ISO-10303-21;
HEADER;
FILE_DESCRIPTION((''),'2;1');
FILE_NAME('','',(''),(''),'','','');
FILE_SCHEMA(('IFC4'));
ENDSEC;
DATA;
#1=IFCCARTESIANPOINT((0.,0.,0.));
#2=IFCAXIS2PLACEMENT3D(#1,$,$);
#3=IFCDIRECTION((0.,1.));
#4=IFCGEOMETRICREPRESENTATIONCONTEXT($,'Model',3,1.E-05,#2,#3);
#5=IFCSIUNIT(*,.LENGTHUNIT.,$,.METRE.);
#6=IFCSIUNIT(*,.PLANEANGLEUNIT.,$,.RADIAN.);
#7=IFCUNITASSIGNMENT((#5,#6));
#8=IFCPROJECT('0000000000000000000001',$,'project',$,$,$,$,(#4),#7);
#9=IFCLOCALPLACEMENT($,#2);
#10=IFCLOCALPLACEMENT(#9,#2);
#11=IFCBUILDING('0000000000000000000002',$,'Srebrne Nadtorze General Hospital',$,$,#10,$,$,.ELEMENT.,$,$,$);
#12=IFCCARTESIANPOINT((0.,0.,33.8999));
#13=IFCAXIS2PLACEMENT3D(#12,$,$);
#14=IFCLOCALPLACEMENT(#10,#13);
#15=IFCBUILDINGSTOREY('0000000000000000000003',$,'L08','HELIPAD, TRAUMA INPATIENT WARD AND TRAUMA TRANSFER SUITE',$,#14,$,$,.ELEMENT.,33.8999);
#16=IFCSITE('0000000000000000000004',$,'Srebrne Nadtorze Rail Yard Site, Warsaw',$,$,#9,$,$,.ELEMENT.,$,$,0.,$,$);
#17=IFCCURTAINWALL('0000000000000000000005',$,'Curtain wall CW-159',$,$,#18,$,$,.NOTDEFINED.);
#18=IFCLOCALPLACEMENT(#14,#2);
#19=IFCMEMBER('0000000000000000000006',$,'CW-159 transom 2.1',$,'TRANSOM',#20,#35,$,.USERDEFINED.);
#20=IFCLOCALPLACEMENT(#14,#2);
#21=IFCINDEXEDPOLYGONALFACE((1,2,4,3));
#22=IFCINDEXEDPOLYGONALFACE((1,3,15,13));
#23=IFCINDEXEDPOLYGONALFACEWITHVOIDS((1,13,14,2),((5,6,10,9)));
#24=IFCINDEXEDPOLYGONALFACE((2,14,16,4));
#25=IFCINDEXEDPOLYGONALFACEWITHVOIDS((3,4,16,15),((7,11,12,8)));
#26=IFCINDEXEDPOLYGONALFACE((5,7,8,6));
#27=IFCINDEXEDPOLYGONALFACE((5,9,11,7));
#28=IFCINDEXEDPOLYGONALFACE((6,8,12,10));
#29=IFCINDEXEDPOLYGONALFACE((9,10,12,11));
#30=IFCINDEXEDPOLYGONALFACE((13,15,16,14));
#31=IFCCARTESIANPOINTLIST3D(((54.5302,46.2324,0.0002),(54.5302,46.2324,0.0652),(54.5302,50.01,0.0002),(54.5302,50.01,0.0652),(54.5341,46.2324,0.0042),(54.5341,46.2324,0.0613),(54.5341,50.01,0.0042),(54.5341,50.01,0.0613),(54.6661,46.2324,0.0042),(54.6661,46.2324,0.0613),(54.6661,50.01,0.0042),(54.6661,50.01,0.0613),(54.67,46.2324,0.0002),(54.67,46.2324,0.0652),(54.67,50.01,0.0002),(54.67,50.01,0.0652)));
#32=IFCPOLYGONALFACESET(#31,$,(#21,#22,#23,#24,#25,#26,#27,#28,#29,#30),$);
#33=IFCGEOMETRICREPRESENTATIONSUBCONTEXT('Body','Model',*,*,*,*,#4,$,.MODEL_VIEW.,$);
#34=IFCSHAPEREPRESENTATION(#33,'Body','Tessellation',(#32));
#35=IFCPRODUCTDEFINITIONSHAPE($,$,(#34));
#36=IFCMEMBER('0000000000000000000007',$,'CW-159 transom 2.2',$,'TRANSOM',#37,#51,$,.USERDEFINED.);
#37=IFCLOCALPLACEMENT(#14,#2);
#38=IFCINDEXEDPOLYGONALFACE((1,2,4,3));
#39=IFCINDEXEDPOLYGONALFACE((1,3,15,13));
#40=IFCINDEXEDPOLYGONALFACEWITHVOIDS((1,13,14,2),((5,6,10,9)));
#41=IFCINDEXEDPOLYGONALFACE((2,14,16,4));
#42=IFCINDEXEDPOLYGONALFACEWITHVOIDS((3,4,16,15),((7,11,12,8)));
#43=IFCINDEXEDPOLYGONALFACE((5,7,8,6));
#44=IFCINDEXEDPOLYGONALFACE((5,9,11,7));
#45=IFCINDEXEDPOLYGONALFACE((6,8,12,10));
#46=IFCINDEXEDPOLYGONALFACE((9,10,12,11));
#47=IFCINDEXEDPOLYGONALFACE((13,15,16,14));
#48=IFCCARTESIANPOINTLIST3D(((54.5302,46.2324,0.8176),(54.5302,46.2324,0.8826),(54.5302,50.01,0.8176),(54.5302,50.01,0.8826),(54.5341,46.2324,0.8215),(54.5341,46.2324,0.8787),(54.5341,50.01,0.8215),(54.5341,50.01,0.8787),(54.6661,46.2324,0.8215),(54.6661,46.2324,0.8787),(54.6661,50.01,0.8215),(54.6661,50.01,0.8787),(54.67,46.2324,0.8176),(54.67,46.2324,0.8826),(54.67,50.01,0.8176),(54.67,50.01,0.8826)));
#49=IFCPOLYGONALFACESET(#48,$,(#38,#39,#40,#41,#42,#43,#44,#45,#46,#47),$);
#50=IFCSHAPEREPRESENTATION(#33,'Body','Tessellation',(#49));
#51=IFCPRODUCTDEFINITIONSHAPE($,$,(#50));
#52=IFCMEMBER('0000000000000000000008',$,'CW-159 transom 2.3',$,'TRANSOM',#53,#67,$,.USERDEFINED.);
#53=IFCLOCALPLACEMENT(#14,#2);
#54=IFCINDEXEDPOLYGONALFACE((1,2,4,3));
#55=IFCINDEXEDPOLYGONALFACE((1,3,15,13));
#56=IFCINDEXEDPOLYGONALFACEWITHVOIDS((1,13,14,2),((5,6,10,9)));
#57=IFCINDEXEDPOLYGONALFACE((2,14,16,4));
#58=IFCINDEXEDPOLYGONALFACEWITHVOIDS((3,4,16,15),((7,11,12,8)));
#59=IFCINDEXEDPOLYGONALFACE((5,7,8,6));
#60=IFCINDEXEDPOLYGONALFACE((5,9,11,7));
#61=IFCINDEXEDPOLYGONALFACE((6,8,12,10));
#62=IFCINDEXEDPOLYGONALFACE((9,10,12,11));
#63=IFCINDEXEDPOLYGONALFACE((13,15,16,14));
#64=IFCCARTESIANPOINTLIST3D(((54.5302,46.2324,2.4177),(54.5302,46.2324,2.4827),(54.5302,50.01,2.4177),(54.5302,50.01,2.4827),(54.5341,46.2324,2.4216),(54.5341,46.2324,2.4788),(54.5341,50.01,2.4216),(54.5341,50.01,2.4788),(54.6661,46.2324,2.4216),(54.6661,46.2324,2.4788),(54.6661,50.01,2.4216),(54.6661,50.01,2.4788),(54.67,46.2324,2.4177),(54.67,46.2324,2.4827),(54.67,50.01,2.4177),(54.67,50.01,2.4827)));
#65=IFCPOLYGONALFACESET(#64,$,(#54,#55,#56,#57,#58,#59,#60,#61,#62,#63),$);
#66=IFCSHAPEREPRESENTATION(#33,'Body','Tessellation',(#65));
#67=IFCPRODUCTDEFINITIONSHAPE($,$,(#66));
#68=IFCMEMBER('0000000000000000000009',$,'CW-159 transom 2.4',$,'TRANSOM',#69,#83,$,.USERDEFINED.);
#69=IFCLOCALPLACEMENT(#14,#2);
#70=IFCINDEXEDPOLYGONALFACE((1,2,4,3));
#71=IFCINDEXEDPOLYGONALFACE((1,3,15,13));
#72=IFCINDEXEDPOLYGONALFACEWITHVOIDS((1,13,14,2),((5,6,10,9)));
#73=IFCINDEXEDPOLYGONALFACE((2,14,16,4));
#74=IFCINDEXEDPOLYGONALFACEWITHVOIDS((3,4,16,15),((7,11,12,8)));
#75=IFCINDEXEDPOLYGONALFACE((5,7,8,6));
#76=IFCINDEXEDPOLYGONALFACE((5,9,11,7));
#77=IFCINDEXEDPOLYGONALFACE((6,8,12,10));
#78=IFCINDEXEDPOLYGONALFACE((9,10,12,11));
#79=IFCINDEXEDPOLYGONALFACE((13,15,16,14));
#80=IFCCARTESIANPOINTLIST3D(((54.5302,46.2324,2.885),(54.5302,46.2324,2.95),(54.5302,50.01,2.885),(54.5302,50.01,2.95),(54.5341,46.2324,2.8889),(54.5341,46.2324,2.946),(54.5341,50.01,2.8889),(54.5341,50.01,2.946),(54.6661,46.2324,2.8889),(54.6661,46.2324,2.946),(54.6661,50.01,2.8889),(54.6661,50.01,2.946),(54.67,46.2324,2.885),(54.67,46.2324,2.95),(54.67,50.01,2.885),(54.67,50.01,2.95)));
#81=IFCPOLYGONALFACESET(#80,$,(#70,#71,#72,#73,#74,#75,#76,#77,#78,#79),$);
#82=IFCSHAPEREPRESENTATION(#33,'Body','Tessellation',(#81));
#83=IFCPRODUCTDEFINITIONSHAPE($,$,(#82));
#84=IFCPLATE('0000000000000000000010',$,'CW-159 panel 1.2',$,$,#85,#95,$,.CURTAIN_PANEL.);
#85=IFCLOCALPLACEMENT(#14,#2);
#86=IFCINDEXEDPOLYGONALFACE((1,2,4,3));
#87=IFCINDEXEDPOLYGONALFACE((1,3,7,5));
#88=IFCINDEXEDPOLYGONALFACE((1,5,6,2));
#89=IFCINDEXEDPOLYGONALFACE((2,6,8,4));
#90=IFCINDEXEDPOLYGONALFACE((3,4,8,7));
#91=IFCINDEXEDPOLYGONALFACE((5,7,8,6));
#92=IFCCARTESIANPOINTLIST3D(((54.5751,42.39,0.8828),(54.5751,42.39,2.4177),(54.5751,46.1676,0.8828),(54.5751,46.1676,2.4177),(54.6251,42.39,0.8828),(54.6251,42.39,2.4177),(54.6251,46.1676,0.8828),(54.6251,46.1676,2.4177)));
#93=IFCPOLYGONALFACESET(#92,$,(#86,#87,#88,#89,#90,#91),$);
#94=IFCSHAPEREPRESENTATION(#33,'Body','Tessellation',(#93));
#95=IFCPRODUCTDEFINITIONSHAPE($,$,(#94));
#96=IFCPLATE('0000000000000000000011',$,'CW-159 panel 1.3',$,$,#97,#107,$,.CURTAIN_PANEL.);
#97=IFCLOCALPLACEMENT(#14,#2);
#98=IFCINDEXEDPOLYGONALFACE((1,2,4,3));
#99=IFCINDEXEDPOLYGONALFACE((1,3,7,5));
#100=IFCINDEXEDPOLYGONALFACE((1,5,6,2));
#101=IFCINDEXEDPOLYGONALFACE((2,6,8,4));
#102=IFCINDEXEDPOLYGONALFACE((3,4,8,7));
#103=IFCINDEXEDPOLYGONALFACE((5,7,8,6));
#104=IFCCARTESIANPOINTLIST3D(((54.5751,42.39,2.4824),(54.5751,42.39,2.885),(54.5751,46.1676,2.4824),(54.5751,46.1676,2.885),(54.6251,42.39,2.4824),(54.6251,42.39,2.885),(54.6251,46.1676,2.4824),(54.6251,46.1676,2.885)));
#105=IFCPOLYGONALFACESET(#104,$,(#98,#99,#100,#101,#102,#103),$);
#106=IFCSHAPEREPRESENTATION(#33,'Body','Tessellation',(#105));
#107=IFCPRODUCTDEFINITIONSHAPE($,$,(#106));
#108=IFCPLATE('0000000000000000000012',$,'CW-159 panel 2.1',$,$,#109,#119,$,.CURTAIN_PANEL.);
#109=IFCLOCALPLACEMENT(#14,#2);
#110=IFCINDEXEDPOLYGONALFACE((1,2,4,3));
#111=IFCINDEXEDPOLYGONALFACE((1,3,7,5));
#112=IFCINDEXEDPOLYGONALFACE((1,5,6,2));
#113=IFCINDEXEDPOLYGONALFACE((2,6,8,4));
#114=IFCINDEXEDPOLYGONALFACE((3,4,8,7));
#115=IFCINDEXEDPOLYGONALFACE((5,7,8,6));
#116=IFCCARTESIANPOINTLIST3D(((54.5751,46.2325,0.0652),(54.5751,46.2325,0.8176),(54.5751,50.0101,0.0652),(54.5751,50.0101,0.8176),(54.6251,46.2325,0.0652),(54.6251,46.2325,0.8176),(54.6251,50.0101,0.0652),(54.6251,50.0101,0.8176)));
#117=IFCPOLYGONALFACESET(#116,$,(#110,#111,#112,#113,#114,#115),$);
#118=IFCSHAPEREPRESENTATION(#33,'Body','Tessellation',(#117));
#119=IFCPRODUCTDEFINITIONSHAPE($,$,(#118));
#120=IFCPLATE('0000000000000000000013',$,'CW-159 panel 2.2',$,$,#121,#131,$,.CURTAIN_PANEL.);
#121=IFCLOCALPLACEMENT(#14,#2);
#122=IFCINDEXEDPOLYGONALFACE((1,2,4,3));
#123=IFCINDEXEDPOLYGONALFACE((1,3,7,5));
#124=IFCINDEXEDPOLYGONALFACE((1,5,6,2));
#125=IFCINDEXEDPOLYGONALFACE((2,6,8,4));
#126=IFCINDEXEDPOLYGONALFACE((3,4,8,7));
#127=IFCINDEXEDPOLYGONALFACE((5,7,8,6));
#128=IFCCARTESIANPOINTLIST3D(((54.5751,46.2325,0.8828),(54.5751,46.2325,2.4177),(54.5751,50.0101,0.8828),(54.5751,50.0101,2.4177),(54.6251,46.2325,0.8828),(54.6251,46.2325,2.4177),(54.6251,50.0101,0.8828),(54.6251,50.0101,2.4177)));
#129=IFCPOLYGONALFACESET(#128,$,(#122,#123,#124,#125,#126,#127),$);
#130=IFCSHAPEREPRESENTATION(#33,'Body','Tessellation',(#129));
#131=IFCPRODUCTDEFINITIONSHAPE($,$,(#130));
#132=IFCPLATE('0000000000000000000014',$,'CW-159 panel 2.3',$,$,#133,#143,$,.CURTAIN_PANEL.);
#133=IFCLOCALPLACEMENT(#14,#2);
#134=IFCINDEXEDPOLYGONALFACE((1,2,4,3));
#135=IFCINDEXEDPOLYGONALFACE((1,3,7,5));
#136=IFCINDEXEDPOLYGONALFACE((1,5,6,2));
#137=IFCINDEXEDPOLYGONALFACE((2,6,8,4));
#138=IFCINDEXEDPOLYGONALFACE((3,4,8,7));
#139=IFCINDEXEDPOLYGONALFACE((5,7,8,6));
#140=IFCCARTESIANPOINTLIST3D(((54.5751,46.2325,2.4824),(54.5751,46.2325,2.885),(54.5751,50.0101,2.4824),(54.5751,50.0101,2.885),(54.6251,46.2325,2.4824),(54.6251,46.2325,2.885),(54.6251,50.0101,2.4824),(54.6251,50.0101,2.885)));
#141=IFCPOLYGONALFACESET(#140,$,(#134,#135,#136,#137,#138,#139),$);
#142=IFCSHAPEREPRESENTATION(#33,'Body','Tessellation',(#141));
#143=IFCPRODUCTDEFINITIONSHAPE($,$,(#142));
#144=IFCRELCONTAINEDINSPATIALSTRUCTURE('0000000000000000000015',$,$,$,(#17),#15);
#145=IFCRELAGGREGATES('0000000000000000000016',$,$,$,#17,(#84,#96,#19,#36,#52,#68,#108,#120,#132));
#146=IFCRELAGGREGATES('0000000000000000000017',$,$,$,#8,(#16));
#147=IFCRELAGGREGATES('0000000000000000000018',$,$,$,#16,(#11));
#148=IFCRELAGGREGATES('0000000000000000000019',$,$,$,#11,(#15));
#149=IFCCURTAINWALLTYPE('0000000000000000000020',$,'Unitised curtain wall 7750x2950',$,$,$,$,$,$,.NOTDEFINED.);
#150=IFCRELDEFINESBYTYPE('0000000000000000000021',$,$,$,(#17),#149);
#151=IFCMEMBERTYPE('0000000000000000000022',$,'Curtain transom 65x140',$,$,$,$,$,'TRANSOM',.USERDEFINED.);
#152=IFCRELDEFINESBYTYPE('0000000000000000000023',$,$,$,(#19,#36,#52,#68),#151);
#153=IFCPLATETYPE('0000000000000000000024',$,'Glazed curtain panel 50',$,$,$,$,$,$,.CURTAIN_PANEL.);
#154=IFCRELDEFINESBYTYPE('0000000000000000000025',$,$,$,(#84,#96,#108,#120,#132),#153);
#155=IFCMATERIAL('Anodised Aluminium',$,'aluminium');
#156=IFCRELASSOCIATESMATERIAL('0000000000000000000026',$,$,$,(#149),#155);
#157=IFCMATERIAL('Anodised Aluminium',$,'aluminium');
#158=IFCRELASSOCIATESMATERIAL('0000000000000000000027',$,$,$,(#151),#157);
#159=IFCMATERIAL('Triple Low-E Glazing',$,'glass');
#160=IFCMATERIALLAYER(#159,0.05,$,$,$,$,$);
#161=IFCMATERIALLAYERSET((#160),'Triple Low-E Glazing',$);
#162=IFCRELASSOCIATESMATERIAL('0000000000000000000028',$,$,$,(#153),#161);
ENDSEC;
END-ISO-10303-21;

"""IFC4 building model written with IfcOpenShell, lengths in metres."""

from ifc_helpers import new_model, si_unit, direction, frame, origin, origin_2d, place, context, subcontext, project, spatial, rectangle, hollow_rectangle, extrude, material, layer, layer_set, material_profile, profile_set, type_object, element, aggregate, save


model = new_model("IFC4")

# Units and contexts
model_context = context("Model", 3, precision=1e-05, world=origin(), true_north=direction((0.0, 1.0)))
body_context = subcontext(model_context, "Body", "Model", "MODEL_VIEW")
ifc_project = project(units=[si_unit("LENGTHUNIT", "METRE"), si_unit("PLANEANGLEUNIT", "RADIAN")], contexts=[model_context])

# Site, building, storey
site_placement = place(None, origin())
site = spatial("IfcSite", under=ifc_project, at=site_placement, Name="Srebrne Nadtorze Rail Yard Site, Warsaw", CompositionType="ELEMENT", RefElevation=0.0)
building_placement = place(site_placement, origin())
building = spatial("IfcBuilding", under=site, at=building_placement, Name="Srebrne Nadtorze General Hospital", CompositionType="ELEMENT")
storey_placement = place(building_placement, frame((0.0, 0.0, 33.8999)))
storey = spatial("IfcBuildingStorey", under=building, at=storey_placement, Name="L08", Description="HELIPAD, TRAUMA INPATIENT WARD AND TRAUMA TRANSFER SUITE", CompositionType="ELEMENT", Elevation=33.8999)

# Curtain wall, members, plates
ifc_material_1 = material(Name="Anodised Aluminium", Category="aluminium")
curtain_wall_type = type_object("IfcCurtainWallType", Name="Unitised curtain wall 7750x2950", PredefinedType="NOTDEFINED", material=ifc_material_1)
curtain_wall_placement = place(storey_placement, origin())
curtain_wall = element("IfcCurtainWall", 1, at=curtain_wall_placement, inside=storey, type_object=curtain_wall_type, Name="Curtain wall CW-159", PredefinedType="NOTDEFINED")
ifc_material_2 = material(Name="Anodised Aluminium", Category="aluminium")
ifc_material_profile = material_profile(ifc_material_2, hollow_rectangle(XDim=0.0649, YDim=0.1399, WallThickness=0.0039, at=origin_2d()), Name="AL-TRN-65x140")
ifc_profile_set = profile_set([ifc_material_profile], Name="Anodised Aluminium")
member_type = type_object("IfcMemberType", Name="Curtain transom 65x140", ElementType="TRANSOM", PredefinedType="USERDEFINED", material=ifc_profile_set)
member_1_placement = place(storey_placement, frame((54.6001, 46.2324, 0.0327), z_axis=(0.0, 1.0, 0.0), x_axis=(0.0, 0.0, 1.0)))
member_1 = element("IfcMember", 2, at=member_1_placement, type_object=member_type, Name="CW-159 transom 2.1", ObjectType="TRANSOM", PredefinedType="USERDEFINED", context=body_context, shape_type="SweptSolid", body=[
    extrude(hollow_rectangle(XDim=0.0649, YDim=0.1399, WallThickness=0.0039, at=origin_2d()), origin(), (0.0, 0.0, 1.0), 3.7776),
])
member_2_placement = place(storey_placement, frame((54.6001, 46.2324, 0.8501), z_axis=(0.0, 1.0, 0.0), x_axis=(0.0, 0.0, 1.0)))
member_2 = element("IfcMember", 3, at=member_2_placement, type_object=member_type, Name="CW-159 transom 2.2", ObjectType="TRANSOM", PredefinedType="USERDEFINED", context=body_context, shape_type="SweptSolid", body=[
    extrude(hollow_rectangle(XDim=0.0649, YDim=0.1399, WallThickness=0.0039, at=origin_2d()), origin(), (0.0, 0.0, 1.0), 3.7776),
])
member_3_placement = place(storey_placement, frame((54.6001, 46.2324, 2.4502), z_axis=(0.0, 1.0, 0.0), x_axis=(0.0, 0.0, 1.0)))
member_3 = element("IfcMember", 4, at=member_3_placement, type_object=member_type, Name="CW-159 transom 2.3", ObjectType="TRANSOM", PredefinedType="USERDEFINED", context=body_context, shape_type="SweptSolid", body=[
    extrude(hollow_rectangle(XDim=0.0649, YDim=0.1399, WallThickness=0.0039, at=origin_2d()), origin(), (0.0, 0.0, 1.0), 3.7776),
])
member_4_placement = place(storey_placement, frame((54.6001, 46.2324, 2.9175), z_axis=(0.0, 1.0, 0.0), x_axis=(0.0, 0.0, 1.0)))
member_4 = element("IfcMember", 5, at=member_4_placement, type_object=member_type, Name="CW-159 transom 2.4", ObjectType="TRANSOM", PredefinedType="USERDEFINED", context=body_context, shape_type="SweptSolid", body=[
    extrude(hollow_rectangle(XDim=0.0649, YDim=0.1399, WallThickness=0.0039, at=origin_2d()), origin(), (0.0, 0.0, 1.0), 3.7776),
])
ifc_material_3 = material(Name="Triple Low-E Glazing", Category="glass")
ifc_layer_1 = layer(ifc_material_3, 0.05)
ifc_layer_set_1 = layer_set([ifc_layer_1], Name="Triple Low-E Glazing")
plate_type = type_object("IfcPlateType", Name="Glazed curtain panel 50", PredefinedType="CURTAIN_PANEL", material=ifc_layer_set_1)
plate_1_placement = place(storey_placement, frame((54.6001, 44.2788, 0.8828), z_axis=(0.0, 0.0, 1.0), x_axis=(0.0, 1.0, 0.0)))
plate_1 = element("IfcPlate", 6, at=plate_1_placement, type_object=plate_type, Name="CW-159 panel 1.2", PredefinedType="CURTAIN_PANEL", context=body_context, shape_type="SweptSolid", body=[
    extrude(rectangle(XDim=3.7776, YDim=0.05, at=origin_2d()), origin(), (0.0, 0.0, 1.0), 1.5349),
])
plate_2_placement = place(storey_placement, frame((54.6001, 44.2788, 2.4824), z_axis=(0.0, 0.0, 1.0), x_axis=(0.0, 1.0, 0.0)))
plate_2 = element("IfcPlate", 7, at=plate_2_placement, type_object=plate_type, Name="CW-159 panel 1.3", PredefinedType="CURTAIN_PANEL", context=body_context, shape_type="SweptSolid", body=[
    extrude(rectangle(XDim=3.7776, YDim=0.05, at=origin_2d()), origin(), (0.0, 0.0, 1.0), 0.4026),
])
plate_3_placement = place(storey_placement, frame((54.6001, 48.1213, 0.0652), z_axis=(0.0, 0.0, 1.0), x_axis=(0.0, 1.0, 0.0)))
plate_3 = element("IfcPlate", 8, at=plate_3_placement, type_object=plate_type, Name="CW-159 panel 2.1", PredefinedType="CURTAIN_PANEL", context=body_context, shape_type="SweptSolid", body=[
    extrude(rectangle(XDim=3.7776, YDim=0.05, at=origin_2d()), origin(), (0.0, 0.0, 1.0), 0.7524),
])
plate_4_placement = place(storey_placement, frame((54.6001, 48.1213, 0.8828), z_axis=(0.0, 0.0, 1.0), x_axis=(0.0, 1.0, 0.0)))
plate_4 = element("IfcPlate", 9, at=plate_4_placement, type_object=plate_type, Name="CW-159 panel 2.2", PredefinedType="CURTAIN_PANEL", context=body_context, shape_type="SweptSolid", body=[
    extrude(rectangle(XDim=3.7776, YDim=0.05, at=origin_2d()), origin(), (0.0, 0.0, 1.0), 1.5349),
])
plate_5_placement = place(storey_placement, frame((54.6001, 48.1213, 2.4824), z_axis=(0.0, 0.0, 1.0), x_axis=(0.0, 1.0, 0.0)))
plate_5 = element("IfcPlate", 10, at=plate_5_placement, type_object=plate_type, Name="CW-159 panel 2.3", PredefinedType="CURTAIN_PANEL", context=body_context, shape_type="SweptSolid", body=[
    extrude(rectangle(XDim=3.7776, YDim=0.05, at=origin_2d()), origin(), (0.0, 0.0, 1.0), 0.4026),
])
aggregate(curtain_wall, [plate_1, plate_2, member_1, member_2, member_3, member_4, plate_3, plate_4, plate_5])

save(model, "model.ifc")
